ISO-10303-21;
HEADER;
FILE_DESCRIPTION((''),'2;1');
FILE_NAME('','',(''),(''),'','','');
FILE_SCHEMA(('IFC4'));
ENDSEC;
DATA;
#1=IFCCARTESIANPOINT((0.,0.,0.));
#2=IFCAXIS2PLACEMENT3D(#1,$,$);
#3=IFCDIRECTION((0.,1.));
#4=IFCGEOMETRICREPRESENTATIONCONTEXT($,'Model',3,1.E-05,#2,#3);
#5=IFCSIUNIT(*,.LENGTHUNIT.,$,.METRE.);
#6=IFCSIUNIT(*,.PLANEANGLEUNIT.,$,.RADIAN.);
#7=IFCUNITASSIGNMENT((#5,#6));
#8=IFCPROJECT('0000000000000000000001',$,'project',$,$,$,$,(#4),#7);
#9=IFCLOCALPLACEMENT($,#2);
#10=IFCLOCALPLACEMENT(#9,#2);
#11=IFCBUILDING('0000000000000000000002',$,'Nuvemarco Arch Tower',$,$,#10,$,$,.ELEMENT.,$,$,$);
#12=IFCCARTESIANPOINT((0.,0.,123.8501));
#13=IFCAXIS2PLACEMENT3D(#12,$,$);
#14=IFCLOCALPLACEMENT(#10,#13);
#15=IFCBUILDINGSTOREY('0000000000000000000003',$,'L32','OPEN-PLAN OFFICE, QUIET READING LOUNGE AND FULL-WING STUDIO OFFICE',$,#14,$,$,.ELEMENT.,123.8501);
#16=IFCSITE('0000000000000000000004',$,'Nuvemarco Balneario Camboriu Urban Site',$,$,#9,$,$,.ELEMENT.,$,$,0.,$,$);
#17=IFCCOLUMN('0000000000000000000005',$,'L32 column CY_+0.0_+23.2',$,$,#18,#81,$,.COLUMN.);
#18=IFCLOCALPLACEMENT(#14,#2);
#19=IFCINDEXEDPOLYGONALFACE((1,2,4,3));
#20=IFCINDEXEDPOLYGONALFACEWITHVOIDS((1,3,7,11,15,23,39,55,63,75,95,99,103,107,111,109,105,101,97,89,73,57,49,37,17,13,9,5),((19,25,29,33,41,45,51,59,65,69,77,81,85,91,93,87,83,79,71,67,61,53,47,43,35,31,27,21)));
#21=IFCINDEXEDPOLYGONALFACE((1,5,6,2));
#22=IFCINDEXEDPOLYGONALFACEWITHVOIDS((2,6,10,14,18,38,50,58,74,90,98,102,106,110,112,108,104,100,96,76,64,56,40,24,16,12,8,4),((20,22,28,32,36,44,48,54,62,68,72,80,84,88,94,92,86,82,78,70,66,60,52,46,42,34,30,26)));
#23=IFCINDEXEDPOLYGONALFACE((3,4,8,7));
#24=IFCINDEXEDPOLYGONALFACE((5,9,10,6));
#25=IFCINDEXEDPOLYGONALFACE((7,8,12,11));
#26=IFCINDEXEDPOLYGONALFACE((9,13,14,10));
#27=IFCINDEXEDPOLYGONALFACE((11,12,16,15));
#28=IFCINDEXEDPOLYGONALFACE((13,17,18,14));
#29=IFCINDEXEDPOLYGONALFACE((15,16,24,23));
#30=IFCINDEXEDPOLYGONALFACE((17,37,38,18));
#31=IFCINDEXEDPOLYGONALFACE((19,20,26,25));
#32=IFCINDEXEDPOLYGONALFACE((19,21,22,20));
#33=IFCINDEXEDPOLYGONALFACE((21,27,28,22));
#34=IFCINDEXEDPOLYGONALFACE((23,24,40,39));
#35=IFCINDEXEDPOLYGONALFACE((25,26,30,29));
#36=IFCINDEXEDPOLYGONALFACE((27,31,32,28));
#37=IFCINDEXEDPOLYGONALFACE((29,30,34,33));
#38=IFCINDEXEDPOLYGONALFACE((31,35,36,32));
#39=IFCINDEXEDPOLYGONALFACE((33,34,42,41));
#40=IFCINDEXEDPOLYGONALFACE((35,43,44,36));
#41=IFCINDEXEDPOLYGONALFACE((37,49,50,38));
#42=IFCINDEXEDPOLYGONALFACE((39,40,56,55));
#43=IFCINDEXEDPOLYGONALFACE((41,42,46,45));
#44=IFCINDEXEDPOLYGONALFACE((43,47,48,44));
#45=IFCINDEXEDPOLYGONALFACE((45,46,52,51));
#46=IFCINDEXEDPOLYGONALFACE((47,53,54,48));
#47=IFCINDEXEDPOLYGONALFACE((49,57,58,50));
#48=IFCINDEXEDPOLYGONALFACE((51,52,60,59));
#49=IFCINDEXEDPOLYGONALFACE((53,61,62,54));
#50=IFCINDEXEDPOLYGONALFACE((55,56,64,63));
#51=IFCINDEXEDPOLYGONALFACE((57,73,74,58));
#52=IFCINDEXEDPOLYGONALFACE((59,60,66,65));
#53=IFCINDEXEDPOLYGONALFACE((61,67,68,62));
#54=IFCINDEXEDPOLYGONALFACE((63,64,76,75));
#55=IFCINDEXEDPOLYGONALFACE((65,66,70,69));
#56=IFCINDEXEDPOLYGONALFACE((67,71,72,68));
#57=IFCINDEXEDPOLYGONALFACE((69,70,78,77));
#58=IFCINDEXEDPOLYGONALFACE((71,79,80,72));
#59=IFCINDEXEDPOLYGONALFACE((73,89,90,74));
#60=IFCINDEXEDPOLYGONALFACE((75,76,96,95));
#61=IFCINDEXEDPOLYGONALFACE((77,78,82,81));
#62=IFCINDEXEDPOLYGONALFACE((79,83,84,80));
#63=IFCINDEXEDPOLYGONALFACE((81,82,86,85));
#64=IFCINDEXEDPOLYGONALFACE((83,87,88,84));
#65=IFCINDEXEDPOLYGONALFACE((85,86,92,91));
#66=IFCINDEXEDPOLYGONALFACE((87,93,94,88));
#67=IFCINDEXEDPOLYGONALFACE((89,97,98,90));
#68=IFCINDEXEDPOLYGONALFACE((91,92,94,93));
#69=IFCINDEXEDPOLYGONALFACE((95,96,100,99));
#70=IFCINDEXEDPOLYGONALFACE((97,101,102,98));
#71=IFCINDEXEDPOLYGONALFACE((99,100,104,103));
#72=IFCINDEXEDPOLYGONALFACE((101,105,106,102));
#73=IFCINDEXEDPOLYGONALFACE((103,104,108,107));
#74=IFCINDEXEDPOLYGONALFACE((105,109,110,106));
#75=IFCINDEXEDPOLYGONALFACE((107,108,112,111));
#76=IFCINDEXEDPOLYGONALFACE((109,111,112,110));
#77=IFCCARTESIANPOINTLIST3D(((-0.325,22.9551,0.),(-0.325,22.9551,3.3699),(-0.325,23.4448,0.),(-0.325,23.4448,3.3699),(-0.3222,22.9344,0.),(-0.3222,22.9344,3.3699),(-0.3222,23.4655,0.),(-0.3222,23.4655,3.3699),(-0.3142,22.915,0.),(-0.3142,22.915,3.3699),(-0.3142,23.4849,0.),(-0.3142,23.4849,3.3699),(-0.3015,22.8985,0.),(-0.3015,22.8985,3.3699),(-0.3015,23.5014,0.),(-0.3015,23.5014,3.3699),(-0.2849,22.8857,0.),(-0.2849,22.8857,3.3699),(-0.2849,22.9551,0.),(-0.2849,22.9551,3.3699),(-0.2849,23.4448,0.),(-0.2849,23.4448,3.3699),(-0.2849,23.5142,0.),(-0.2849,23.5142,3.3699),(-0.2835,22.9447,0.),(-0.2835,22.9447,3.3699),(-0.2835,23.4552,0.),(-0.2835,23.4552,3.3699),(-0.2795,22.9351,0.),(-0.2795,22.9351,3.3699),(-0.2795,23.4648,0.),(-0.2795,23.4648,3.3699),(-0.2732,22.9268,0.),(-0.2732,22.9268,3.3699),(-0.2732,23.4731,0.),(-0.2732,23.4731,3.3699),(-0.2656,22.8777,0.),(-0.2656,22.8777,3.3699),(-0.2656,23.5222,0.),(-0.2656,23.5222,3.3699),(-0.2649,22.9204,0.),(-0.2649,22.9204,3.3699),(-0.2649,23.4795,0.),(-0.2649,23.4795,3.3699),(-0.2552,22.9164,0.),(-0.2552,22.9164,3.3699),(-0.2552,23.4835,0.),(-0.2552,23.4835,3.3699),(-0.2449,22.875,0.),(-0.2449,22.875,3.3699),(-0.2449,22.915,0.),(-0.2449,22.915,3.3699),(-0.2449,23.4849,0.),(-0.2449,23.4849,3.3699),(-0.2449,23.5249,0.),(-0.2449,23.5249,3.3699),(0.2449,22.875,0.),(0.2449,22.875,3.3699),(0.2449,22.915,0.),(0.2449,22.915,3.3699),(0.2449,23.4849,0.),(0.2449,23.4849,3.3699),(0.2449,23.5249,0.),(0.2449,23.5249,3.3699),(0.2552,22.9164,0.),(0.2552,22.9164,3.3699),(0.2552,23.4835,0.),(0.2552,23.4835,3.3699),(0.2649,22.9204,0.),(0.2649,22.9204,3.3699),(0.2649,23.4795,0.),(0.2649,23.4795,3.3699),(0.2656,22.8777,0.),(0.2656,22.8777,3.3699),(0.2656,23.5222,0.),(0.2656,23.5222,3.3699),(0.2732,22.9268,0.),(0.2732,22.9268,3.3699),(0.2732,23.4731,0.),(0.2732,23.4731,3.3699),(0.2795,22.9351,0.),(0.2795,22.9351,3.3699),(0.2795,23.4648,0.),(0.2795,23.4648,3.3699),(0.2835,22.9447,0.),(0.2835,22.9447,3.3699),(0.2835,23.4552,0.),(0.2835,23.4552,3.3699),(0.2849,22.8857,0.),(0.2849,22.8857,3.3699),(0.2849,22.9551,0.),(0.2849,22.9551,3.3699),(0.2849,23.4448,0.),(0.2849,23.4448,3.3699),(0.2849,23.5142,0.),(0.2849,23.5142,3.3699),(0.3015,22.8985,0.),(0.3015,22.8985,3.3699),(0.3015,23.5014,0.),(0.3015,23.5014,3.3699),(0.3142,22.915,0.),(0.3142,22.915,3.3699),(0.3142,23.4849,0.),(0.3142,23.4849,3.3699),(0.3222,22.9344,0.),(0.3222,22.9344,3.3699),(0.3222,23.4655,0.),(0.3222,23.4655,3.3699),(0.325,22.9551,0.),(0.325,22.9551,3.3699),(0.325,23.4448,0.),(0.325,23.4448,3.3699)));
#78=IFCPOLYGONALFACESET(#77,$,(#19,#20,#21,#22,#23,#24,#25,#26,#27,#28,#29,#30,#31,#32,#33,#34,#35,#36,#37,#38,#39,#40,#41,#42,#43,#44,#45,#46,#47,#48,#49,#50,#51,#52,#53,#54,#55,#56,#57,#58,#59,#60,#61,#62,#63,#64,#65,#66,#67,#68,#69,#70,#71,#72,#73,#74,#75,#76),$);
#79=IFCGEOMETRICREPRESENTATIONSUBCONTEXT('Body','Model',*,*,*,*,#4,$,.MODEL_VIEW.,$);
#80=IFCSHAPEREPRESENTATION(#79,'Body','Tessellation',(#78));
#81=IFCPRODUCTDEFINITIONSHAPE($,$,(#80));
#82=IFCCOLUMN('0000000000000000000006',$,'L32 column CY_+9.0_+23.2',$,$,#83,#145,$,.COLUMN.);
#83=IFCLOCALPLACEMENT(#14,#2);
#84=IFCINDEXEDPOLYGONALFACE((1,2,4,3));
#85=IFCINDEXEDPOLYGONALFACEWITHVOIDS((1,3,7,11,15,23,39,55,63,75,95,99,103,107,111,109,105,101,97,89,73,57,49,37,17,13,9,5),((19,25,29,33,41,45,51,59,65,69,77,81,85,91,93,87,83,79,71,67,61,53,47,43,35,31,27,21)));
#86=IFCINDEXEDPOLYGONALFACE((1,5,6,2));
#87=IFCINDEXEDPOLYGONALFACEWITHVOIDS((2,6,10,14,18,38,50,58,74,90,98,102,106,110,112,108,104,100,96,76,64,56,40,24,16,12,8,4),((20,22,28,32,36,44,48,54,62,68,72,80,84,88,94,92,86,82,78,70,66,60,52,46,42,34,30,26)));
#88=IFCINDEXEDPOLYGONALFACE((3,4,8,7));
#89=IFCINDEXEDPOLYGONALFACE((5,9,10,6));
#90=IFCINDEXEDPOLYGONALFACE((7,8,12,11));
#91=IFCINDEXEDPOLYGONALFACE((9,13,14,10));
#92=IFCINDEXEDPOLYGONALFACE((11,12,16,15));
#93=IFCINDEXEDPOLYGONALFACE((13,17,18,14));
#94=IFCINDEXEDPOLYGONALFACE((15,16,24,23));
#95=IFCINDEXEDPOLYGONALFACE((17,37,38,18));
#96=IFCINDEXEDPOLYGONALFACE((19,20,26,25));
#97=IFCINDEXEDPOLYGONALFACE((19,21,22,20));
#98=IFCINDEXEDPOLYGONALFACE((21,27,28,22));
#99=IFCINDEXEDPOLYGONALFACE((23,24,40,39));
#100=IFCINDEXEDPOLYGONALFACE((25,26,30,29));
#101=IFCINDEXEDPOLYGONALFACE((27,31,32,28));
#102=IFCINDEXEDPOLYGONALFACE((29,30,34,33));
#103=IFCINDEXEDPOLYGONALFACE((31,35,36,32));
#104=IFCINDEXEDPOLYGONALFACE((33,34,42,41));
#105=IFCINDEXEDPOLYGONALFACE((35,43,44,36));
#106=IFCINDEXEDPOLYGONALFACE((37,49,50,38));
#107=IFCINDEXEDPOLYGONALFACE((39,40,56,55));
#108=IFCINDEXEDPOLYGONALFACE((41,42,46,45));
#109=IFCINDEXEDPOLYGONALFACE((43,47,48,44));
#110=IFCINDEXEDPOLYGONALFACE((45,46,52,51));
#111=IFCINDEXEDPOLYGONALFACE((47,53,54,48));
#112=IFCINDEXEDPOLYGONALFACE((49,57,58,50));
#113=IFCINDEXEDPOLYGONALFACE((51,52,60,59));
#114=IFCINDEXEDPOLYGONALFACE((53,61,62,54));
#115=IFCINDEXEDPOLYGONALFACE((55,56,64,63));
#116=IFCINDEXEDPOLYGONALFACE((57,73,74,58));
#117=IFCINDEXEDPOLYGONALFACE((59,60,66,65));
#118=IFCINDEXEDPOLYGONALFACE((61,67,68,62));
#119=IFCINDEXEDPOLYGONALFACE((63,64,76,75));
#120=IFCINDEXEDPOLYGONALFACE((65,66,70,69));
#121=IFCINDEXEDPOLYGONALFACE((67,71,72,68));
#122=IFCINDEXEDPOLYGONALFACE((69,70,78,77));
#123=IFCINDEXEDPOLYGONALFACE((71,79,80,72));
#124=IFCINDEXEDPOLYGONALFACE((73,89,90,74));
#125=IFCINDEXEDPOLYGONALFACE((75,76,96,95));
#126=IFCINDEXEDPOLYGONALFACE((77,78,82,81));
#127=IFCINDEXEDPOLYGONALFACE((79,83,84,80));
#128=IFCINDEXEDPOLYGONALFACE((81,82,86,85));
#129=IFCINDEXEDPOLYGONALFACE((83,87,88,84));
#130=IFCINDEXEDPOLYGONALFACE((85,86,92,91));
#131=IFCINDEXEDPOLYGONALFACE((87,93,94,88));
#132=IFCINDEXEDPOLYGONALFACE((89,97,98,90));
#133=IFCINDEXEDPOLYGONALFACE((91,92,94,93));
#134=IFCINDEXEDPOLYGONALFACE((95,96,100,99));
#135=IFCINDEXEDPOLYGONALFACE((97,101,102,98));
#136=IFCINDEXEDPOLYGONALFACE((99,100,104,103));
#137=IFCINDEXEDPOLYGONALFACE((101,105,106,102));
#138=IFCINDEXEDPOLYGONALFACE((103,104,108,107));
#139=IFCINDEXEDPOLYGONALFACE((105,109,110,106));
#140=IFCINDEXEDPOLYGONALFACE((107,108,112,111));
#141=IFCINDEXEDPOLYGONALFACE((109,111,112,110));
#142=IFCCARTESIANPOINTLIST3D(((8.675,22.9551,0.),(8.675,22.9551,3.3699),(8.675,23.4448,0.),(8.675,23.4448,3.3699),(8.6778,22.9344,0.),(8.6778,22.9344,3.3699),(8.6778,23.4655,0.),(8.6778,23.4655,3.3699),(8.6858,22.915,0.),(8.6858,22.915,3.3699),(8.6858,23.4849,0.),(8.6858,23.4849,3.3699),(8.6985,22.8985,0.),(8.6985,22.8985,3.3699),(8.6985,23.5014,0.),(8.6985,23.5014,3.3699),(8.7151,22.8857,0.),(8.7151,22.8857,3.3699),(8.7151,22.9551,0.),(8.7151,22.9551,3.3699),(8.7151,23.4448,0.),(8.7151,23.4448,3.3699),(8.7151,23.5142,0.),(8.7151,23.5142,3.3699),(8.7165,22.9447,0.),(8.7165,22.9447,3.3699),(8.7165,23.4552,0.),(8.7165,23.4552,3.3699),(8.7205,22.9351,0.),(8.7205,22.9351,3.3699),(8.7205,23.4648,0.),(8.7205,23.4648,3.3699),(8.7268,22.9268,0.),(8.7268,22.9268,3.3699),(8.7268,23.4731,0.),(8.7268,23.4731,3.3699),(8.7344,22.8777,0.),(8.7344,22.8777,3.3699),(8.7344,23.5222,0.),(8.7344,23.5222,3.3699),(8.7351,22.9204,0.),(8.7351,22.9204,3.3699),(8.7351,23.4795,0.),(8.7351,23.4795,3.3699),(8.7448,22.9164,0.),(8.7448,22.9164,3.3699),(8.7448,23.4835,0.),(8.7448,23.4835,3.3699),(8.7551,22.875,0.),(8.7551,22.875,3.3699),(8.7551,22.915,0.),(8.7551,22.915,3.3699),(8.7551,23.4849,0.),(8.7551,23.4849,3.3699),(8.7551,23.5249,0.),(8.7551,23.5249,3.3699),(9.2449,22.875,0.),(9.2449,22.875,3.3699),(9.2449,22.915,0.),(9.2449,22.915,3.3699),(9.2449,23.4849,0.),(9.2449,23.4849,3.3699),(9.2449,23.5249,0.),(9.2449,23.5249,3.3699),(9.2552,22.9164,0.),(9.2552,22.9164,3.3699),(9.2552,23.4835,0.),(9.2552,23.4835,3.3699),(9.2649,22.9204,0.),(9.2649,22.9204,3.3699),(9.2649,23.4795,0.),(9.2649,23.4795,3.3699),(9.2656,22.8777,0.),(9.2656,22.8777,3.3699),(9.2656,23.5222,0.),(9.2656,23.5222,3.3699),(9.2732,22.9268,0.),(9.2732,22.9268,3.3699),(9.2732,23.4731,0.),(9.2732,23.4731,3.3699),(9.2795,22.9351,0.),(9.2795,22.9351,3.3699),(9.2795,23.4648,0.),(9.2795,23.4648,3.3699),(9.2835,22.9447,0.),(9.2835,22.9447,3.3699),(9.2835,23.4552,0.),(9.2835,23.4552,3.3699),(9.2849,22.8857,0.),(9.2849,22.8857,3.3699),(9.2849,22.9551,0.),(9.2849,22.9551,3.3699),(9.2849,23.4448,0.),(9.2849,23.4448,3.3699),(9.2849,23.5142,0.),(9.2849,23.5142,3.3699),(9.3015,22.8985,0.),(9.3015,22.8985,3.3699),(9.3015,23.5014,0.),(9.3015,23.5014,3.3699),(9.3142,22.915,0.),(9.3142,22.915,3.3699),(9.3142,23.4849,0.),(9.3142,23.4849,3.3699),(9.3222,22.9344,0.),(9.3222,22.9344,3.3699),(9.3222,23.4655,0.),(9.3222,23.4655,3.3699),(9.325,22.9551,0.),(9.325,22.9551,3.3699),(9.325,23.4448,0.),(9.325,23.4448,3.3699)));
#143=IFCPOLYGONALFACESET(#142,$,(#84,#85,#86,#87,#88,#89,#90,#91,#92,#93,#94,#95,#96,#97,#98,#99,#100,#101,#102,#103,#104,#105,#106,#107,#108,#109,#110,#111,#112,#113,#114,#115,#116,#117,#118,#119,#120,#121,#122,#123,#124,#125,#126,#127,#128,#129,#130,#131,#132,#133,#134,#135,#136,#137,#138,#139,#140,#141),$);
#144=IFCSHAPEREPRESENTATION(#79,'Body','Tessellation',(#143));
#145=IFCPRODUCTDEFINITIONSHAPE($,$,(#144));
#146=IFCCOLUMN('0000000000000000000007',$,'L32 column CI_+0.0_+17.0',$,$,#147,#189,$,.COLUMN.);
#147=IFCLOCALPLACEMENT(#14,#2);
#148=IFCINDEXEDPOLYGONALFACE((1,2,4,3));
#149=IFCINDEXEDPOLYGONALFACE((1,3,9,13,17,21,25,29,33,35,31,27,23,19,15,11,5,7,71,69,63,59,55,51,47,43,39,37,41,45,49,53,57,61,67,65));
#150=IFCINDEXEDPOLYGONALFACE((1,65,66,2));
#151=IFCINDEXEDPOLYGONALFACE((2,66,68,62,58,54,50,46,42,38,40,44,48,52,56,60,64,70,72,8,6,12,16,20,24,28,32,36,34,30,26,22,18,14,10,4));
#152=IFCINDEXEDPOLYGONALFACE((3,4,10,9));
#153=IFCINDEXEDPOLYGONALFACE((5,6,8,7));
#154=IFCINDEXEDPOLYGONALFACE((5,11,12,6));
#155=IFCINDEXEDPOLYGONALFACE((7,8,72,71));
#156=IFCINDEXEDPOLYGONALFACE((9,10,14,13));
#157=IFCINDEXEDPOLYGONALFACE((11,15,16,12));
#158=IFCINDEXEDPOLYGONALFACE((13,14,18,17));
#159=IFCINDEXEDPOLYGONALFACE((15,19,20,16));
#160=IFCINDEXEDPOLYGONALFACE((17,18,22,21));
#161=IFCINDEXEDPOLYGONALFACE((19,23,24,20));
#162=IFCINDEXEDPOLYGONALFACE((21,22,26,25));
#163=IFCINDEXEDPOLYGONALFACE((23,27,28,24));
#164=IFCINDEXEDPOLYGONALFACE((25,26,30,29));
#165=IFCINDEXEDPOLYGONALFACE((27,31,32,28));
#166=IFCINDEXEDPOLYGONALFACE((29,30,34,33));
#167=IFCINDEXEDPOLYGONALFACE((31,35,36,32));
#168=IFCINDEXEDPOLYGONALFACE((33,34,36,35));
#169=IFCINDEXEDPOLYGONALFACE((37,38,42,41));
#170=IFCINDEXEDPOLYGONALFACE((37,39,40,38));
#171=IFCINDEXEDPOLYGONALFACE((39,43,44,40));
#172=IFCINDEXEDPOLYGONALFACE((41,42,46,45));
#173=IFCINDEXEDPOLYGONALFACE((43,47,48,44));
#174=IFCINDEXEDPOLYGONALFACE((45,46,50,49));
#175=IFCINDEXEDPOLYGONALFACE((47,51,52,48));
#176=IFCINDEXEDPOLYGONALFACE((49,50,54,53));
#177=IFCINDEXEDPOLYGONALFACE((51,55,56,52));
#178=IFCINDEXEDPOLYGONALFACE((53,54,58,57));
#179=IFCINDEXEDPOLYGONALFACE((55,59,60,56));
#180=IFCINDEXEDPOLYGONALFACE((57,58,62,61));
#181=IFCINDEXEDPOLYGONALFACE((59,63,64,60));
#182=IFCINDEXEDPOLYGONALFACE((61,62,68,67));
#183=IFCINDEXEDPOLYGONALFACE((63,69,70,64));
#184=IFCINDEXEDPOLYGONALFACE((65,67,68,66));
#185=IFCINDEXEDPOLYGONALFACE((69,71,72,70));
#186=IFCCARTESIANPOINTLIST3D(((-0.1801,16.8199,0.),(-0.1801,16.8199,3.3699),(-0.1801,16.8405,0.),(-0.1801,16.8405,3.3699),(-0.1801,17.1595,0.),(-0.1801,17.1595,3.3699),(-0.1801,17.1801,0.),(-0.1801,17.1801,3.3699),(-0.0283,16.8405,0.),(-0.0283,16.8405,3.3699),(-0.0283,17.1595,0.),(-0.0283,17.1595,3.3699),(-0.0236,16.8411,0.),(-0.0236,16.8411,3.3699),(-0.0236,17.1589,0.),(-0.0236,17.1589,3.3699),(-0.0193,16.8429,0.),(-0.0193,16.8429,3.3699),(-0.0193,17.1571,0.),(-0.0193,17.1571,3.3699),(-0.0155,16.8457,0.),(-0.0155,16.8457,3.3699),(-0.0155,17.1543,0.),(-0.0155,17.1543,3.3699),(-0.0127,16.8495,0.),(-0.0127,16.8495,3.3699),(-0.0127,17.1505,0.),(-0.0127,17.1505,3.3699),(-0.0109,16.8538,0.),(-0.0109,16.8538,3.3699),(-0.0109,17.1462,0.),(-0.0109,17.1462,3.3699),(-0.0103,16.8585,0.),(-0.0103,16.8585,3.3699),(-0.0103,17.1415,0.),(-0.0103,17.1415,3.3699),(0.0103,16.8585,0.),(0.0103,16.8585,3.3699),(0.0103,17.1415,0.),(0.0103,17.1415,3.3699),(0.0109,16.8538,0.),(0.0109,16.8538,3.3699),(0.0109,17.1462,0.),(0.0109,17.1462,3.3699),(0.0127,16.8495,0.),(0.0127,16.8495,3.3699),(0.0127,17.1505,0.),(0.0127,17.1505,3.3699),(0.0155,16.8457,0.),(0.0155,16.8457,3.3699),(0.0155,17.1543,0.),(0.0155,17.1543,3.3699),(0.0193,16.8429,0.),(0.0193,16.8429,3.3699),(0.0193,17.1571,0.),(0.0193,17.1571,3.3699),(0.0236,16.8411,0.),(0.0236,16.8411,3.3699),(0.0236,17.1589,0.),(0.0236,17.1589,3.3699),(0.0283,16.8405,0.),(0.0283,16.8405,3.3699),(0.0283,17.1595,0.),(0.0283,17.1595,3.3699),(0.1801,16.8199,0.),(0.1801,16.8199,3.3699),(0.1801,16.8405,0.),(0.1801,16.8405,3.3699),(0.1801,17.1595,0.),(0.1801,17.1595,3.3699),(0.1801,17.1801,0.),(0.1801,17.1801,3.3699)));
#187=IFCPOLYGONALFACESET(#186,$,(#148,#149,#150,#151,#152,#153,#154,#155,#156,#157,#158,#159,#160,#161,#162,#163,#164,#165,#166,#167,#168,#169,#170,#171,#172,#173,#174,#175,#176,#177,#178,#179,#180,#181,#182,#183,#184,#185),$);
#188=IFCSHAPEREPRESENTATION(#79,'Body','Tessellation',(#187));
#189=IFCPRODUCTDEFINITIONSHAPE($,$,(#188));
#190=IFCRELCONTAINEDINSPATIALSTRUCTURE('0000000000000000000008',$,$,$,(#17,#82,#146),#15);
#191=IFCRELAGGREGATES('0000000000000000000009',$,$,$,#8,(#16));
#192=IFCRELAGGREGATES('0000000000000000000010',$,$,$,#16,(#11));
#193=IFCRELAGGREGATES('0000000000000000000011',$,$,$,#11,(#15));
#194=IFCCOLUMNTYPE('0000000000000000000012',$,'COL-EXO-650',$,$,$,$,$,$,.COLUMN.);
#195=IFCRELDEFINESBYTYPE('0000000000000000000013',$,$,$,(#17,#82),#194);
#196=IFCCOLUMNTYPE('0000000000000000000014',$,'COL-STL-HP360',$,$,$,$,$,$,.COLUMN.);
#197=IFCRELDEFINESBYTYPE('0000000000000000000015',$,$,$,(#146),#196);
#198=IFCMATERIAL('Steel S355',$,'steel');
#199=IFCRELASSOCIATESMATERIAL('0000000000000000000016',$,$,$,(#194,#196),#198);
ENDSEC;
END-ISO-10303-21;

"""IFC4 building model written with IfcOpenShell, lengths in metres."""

from ifc_helpers import new_model, si_unit, direction, frame, origin, origin_2d, place, context, subcontext, project, spatial, hollow_rectangle, i_section, extrude, material, material_profile, profile_set, type_object, element, save


model = new_model("IFC4")

# Units and contexts
model_context = context("Model", 3, precision=1e-05, world=origin(), true_north=direction((0.0, 1.0)))
body_context = subcontext(model_context, "Body", "Model", "MODEL_VIEW")
ifc_project = project(units=[si_unit("LENGTHUNIT", "METRE"), si_unit("PLANEANGLEUNIT", "RADIAN")], contexts=[model_context])

# Site, building, storey
site_placement = place(None, origin())
site = spatial("IfcSite", under=ifc_project, at=site_placement, Name="Nuvemarco Balneario Camboriu Urban Site", CompositionType="ELEMENT", RefElevation=0.0)
building_placement = place(site_placement, origin())
building = spatial("IfcBuilding", under=site, at=building_placement, Name="Nuvemarco Arch Tower", CompositionType="ELEMENT")
storey_placement = place(building_placement, frame((0.0, 0.0, 123.8501)))
storey = spatial("IfcBuildingStorey", under=building, at=storey_placement, Name="L32", Description="OPEN-PLAN OFFICE, QUIET READING LOUNGE AND FULL-WING STUDIO OFFICE", CompositionType="ELEMENT", Elevation=123.8501)

# Columns
ifc_material_1 = material(Name="Steel S355", Category="steel")
ifc_material_profile_1 = material_profile(ifc_material_1, hollow_rectangle(XDim=0.6499, YDim=0.6499, WallThickness=0.04, InnerFilletRadius=0.04, OuterFilletRadius=0.0801, at=origin_2d()), Name="SHS650x650x40")
ifc_profile_set_1 = profile_set([ifc_material_profile_1], Name="Steel S355")
column_type_1 = type_object("IfcColumnType", Name="COL-EXO-650", PredefinedType="COLUMN", material=ifc_profile_set_1)
for number, where, z_axis, x_axis, name in (
    (1, (0.0, 23.2, 0.0), (0.0, 0.0, 1.0), (1.0, 0.0, 0.0), "L32 column CY_+0.0_+23.2"),
    (2, (9.0, 23.2, 0.0), (0.0, 0.0, 1.0), (1.0, 0.0, 0.0), "L32 column CY_+9.0_+23.2"),
):
    element("IfcColumn", number, at=place(storey_placement, frame(where, z_axis=z_axis, x_axis=x_axis)), inside=storey, type_object=column_type_1, Name=name, PredefinedType="COLUMN", context=body_context, shape_type="SweptSolid", body=[
        extrude(hollow_rectangle(XDim=0.6499, YDim=0.6499, WallThickness=0.04, InnerFilletRadius=0.04, OuterFilletRadius=0.0801, at=origin_2d()), origin(), (0.0, 0.0, 1.0), 3.3699),
    ])
ifc_material_profile_2 = material_profile(ifc_material_1, i_section(OverallWidth=0.3601, OverallDepth=0.3601, WebThickness=0.0205, FlangeThickness=0.0205, FilletRadius=0.0181, at=origin_2d()), Name="HP360x174")
ifc_profile_set_2 = profile_set([ifc_material_profile_2], Name="Steel S355")
column_type_2 = type_object("IfcColumnType", Name="COL-STL-HP360", PredefinedType="COLUMN", material=ifc_profile_set_2)
for number, where, z_axis, x_axis, name in (
    (3, (0.0, 17.0, 0.0), (0.0, 0.0, 1.0), (1.0, 0.0, 0.0), "L32 column CI_+0.0_+17.0"),
):
    element("IfcColumn", number, at=place(storey_placement, frame(where, z_axis=z_axis, x_axis=x_axis)), inside=storey, type_object=column_type_2, Name=name, PredefinedType="COLUMN", context=body_context, shape_type="SweptSolid", body=[
        extrude(i_section(OverallWidth=0.3601, OverallDepth=0.3601, WebThickness=0.0205, FlangeThickness=0.0205, FilletRadius=0.0181, at=origin_2d()), origin(), (0.0, 0.0, 1.0), 3.3699),
    ])

save(model, "model.ifc")
